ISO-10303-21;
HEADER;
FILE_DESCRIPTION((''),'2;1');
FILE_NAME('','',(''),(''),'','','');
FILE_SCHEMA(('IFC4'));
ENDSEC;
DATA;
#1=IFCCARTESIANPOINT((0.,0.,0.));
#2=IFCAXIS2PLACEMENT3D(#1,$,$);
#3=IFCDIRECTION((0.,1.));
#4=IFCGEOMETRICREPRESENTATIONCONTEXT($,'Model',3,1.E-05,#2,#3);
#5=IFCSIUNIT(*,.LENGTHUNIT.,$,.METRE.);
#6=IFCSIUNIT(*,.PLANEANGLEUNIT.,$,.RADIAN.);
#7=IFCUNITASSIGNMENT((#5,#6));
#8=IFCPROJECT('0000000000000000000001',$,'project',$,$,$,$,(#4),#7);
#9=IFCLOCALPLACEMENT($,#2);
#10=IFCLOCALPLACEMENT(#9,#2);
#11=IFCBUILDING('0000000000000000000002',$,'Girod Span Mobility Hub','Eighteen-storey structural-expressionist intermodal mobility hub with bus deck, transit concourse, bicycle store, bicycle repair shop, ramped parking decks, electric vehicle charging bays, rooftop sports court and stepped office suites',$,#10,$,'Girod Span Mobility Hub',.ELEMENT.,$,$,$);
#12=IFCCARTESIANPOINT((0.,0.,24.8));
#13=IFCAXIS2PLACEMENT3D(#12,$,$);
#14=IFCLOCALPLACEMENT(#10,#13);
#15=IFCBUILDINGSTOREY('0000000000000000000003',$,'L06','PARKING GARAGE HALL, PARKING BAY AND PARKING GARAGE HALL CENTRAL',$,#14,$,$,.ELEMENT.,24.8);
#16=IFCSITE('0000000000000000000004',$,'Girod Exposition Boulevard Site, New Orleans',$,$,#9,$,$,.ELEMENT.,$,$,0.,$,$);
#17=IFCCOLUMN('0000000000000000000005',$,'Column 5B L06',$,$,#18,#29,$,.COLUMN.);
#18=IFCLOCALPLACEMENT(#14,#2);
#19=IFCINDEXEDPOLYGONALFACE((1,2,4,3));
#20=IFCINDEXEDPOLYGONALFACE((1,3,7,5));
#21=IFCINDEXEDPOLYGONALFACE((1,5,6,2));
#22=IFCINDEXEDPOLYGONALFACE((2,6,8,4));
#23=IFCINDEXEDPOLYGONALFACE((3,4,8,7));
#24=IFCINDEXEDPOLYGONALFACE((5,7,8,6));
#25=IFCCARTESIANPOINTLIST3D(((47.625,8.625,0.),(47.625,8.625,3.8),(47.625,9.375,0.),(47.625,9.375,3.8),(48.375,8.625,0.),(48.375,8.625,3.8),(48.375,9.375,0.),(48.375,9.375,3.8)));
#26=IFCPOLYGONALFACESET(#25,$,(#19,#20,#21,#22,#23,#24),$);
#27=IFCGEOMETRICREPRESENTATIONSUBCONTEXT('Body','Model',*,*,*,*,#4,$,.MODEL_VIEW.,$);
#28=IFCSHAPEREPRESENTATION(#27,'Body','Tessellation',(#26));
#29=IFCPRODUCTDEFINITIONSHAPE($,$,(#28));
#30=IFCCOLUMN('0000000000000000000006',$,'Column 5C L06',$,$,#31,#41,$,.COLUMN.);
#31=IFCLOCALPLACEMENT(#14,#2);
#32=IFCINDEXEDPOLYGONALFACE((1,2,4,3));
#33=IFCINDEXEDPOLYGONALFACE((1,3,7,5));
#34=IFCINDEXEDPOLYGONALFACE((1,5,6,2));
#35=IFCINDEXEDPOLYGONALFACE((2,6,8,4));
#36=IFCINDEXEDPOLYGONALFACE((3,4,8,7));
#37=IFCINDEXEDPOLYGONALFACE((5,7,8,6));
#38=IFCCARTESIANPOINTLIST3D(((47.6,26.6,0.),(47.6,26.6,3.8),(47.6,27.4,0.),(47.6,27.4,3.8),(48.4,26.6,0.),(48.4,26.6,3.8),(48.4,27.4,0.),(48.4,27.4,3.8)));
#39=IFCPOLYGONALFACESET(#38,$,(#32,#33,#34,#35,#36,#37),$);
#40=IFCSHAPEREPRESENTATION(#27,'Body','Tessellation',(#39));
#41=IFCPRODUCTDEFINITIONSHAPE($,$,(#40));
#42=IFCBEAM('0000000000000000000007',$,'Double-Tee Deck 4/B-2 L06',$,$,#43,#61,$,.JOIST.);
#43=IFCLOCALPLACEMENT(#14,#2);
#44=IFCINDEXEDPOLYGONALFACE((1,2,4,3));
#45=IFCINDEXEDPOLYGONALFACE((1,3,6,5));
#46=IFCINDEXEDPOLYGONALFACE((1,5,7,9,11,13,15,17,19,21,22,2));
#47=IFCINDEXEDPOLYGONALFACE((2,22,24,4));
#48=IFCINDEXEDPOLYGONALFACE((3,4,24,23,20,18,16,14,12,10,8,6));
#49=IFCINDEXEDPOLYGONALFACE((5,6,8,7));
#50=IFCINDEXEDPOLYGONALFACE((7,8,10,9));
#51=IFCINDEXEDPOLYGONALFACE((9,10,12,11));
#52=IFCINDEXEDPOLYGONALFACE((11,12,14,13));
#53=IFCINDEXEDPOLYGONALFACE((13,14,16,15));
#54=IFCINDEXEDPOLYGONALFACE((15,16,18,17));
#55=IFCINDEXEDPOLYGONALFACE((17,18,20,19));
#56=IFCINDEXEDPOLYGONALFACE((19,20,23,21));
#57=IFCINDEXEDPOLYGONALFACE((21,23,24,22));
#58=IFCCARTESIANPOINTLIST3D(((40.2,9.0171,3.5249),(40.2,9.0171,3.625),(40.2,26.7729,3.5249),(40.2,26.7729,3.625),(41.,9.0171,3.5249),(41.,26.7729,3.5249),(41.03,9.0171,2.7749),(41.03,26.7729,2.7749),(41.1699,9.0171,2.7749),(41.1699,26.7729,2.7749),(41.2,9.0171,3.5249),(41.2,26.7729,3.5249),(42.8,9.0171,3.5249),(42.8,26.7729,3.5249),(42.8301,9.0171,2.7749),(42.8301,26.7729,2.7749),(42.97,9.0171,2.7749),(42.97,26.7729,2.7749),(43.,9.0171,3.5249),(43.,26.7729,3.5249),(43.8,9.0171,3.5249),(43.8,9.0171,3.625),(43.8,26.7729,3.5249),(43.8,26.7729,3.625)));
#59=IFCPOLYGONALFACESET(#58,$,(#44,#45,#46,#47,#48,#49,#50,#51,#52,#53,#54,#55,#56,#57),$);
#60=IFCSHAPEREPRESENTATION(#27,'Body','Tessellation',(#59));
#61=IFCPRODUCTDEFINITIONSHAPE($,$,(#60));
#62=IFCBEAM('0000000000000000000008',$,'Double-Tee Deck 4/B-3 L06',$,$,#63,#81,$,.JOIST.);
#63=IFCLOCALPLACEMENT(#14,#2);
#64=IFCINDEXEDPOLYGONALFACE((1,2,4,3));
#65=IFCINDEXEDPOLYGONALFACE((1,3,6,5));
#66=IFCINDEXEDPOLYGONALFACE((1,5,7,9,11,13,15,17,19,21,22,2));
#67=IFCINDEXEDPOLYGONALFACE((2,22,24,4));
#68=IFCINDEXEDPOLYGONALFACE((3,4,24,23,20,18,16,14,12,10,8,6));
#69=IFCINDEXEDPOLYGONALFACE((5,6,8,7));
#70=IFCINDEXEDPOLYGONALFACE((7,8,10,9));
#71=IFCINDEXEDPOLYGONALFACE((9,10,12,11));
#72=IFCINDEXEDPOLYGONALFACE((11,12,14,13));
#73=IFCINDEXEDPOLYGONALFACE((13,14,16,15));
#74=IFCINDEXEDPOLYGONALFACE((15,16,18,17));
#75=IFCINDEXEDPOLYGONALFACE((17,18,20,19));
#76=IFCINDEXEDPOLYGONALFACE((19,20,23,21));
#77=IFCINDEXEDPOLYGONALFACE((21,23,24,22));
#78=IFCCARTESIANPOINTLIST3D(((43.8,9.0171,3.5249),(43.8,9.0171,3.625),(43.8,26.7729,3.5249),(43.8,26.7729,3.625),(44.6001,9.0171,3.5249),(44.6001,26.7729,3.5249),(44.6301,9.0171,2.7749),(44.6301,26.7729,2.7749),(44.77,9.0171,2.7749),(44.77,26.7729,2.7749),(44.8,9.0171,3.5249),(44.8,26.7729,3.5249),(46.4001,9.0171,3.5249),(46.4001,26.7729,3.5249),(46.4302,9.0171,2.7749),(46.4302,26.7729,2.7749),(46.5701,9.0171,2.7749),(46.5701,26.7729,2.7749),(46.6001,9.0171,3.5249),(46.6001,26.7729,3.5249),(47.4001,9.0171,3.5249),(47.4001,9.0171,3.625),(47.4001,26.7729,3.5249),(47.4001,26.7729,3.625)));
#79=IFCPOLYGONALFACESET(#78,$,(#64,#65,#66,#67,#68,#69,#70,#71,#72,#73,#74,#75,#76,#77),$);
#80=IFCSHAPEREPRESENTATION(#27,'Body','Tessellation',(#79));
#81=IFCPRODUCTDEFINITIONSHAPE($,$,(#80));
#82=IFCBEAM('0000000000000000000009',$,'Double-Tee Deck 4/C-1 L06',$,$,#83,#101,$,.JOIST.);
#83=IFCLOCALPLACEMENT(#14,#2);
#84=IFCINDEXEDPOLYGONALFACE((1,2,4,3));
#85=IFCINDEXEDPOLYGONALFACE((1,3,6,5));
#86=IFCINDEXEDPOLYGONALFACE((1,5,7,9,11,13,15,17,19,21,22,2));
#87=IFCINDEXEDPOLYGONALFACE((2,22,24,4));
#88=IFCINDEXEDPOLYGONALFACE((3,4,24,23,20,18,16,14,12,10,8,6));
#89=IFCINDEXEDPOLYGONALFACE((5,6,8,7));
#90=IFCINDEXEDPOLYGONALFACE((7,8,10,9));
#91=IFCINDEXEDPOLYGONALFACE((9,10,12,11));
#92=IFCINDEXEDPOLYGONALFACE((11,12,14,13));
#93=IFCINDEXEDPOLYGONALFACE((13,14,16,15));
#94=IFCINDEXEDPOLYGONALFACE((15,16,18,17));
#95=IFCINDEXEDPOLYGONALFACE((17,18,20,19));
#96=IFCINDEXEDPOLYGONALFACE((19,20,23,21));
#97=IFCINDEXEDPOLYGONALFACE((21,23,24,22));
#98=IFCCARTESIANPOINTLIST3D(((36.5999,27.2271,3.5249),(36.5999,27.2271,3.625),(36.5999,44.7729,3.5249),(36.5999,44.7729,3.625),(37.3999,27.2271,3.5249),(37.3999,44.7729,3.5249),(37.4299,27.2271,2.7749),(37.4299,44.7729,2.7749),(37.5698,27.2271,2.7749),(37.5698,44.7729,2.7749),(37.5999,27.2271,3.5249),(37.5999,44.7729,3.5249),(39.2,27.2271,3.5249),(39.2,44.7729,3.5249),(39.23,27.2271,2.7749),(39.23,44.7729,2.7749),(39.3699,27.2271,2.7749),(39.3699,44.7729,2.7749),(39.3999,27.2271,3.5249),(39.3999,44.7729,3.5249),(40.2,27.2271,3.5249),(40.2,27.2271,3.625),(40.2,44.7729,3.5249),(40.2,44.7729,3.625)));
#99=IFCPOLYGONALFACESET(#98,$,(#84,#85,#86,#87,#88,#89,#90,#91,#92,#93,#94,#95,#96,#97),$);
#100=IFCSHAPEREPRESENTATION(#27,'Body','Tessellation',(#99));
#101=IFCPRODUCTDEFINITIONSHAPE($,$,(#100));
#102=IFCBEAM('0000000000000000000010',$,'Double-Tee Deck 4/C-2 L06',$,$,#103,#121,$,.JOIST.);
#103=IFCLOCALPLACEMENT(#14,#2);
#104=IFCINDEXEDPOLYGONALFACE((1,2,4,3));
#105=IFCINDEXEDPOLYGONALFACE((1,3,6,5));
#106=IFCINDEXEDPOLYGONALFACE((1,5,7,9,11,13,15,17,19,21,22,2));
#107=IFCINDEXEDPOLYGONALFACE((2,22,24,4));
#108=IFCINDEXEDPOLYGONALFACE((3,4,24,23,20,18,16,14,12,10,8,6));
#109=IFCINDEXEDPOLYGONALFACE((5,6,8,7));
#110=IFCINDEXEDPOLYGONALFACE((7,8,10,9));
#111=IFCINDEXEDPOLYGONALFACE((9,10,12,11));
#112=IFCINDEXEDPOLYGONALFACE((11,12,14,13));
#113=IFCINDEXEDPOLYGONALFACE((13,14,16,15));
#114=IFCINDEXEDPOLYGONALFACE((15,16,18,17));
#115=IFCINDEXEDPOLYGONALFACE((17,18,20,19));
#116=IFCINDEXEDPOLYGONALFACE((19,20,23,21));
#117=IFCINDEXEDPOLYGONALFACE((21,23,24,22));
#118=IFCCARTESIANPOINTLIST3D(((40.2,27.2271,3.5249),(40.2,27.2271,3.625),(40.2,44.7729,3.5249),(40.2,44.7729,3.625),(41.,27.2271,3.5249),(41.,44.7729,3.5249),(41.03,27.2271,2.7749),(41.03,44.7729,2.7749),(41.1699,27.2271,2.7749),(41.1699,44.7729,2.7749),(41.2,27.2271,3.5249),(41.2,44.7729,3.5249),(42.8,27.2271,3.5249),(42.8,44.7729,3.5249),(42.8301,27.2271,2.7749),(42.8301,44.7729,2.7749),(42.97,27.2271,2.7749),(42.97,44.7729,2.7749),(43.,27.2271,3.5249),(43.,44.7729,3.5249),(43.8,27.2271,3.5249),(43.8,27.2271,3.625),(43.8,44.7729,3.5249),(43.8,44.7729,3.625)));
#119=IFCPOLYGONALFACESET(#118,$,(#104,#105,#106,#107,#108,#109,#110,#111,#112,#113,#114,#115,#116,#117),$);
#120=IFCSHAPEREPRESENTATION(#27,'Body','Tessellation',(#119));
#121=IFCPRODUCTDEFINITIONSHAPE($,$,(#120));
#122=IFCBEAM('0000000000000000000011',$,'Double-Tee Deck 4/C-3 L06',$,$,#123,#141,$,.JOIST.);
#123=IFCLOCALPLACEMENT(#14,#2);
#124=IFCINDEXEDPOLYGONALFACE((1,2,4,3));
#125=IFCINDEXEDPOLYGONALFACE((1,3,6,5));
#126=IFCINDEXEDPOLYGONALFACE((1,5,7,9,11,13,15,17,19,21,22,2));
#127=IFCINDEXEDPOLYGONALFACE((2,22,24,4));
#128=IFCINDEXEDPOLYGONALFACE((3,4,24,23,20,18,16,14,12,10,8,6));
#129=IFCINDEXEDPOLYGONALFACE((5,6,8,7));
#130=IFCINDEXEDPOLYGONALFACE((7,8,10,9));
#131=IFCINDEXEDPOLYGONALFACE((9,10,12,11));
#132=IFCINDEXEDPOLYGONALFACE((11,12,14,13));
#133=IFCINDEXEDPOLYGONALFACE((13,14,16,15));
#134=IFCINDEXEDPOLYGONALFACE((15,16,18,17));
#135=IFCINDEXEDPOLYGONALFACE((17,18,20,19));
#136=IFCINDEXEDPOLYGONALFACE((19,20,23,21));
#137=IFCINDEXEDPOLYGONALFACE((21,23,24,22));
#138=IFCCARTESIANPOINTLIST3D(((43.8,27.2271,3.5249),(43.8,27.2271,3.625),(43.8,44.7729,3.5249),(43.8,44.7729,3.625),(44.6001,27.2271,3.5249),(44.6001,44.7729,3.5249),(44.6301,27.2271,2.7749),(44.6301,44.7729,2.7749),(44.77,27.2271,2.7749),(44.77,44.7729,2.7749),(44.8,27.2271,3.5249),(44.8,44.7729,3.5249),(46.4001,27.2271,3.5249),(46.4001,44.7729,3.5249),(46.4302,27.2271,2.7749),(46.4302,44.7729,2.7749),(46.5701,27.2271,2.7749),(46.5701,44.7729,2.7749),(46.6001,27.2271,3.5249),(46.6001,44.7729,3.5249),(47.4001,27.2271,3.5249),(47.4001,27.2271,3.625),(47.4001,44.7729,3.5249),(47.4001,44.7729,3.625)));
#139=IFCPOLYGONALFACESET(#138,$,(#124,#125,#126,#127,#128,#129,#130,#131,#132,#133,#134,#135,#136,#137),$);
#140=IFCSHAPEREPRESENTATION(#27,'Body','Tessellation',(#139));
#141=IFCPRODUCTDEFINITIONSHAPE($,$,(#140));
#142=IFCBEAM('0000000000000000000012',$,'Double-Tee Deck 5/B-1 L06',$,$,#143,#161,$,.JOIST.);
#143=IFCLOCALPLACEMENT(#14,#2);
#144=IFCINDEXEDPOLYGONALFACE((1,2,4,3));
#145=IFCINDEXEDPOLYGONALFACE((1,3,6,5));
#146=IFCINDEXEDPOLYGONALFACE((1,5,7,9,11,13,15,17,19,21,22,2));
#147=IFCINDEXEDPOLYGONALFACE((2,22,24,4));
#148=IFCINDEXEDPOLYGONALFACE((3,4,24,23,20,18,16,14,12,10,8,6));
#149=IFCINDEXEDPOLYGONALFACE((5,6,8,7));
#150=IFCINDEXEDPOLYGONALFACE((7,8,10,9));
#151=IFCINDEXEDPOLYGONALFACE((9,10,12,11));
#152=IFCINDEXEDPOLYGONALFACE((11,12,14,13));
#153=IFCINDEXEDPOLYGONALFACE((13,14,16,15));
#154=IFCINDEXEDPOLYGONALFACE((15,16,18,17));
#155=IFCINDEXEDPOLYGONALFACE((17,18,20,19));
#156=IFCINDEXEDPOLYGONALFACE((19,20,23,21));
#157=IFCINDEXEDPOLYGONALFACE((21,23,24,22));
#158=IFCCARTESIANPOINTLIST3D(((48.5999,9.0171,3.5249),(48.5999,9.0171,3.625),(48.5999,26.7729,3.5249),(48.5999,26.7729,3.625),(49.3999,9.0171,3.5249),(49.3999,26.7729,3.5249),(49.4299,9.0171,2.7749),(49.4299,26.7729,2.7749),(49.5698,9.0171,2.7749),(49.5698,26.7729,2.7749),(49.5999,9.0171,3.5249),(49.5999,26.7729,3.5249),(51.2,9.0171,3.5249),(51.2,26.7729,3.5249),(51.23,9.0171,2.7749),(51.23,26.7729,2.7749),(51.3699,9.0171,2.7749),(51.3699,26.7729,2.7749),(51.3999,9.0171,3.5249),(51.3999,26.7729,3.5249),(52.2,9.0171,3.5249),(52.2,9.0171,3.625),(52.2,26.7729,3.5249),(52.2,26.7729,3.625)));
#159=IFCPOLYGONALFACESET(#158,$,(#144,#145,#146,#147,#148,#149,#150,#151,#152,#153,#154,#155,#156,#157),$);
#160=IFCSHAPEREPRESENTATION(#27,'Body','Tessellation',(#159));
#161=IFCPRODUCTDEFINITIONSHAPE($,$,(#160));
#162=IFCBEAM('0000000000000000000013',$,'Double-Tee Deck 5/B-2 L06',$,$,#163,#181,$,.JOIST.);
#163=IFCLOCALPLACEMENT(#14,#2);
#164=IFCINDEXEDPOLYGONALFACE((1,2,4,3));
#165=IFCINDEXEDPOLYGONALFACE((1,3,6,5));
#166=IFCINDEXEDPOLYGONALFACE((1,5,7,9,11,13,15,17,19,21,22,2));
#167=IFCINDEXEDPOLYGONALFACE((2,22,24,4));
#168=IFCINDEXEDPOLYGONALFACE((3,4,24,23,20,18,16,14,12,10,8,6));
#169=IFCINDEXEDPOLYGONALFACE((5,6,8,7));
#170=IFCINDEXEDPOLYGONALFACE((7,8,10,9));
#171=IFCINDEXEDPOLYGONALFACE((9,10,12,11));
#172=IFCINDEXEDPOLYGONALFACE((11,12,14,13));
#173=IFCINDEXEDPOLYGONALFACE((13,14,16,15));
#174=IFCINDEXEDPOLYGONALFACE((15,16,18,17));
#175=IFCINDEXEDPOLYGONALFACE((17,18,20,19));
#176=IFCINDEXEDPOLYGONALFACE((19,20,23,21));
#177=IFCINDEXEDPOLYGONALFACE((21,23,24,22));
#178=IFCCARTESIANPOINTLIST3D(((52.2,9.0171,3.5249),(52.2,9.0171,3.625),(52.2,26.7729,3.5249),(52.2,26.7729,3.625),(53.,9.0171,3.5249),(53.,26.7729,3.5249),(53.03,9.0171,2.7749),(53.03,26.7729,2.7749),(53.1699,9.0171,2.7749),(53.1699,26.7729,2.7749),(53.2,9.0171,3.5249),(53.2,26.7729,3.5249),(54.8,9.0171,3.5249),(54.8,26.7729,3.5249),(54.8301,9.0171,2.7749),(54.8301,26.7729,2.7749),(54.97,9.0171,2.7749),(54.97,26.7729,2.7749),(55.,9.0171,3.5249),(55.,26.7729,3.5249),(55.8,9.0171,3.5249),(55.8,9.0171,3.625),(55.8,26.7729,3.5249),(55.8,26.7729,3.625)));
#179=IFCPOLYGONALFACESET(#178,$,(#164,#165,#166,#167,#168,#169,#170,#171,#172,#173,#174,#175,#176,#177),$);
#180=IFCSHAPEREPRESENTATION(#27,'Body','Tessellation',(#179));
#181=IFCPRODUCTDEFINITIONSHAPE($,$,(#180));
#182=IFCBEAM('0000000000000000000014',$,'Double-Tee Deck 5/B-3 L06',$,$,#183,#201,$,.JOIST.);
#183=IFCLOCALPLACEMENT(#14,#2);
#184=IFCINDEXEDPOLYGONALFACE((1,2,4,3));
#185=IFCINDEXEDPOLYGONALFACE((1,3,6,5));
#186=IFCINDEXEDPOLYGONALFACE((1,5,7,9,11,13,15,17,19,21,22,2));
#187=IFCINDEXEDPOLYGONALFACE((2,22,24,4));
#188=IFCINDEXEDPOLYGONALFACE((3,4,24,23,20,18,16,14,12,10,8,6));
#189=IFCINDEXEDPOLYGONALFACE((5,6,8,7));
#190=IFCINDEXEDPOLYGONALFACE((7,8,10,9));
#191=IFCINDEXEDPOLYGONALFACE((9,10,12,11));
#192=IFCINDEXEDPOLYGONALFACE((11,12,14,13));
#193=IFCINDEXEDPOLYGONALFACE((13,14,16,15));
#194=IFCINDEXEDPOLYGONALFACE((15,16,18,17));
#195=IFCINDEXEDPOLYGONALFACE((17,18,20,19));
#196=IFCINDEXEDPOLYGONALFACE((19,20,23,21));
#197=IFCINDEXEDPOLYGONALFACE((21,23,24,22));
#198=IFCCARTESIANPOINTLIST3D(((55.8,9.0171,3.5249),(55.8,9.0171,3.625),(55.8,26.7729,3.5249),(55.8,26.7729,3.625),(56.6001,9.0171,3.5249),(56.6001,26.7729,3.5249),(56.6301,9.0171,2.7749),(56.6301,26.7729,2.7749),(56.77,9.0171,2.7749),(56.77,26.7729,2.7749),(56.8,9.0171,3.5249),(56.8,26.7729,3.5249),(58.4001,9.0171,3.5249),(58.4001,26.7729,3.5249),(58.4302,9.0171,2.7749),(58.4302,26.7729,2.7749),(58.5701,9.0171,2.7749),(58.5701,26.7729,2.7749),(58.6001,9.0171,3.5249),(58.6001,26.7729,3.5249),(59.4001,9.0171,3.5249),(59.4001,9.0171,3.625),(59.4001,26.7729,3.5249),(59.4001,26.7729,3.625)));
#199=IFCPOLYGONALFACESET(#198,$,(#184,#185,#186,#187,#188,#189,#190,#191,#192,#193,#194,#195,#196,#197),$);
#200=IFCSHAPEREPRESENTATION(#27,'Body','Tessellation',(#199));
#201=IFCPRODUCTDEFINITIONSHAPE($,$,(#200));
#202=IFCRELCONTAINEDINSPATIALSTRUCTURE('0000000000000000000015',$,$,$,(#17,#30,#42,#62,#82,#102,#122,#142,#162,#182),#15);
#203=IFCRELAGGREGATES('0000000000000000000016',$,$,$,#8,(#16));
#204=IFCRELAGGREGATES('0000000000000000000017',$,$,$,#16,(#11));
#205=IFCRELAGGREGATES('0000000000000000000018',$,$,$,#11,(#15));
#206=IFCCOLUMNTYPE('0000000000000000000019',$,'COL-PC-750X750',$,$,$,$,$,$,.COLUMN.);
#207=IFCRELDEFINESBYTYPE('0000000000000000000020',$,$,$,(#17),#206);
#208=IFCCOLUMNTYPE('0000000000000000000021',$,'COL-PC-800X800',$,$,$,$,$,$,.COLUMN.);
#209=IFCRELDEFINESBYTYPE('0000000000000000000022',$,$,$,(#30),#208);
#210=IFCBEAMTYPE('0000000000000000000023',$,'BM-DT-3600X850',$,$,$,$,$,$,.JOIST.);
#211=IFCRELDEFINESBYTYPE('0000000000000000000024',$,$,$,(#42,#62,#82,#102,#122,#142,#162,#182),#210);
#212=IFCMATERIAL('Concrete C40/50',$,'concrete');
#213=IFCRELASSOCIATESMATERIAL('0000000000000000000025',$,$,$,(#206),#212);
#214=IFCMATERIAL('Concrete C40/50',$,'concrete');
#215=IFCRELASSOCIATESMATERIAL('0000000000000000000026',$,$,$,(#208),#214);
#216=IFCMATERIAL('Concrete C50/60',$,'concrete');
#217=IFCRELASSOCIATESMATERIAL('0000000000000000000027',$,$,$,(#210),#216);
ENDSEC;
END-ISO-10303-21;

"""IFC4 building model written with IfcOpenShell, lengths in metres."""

from ifc_helpers import new_model, si_unit, direction, frame, origin, origin_2d, place, context, subcontext, project, spatial, polyline, rectangle, outline, extrude, material, material_profile, profile_set, type_object, element, save


model = new_model("IFC4")

# Units and contexts
model_context = context("Model", 3, precision=1e-05, world=origin(), true_north=direction((0.0, 1.0)))
body_context = subcontext(model_context, "Body", "Model", "MODEL_VIEW")
ifc_project = project(units=[si_unit("LENGTHUNIT", "METRE"), si_unit("PLANEANGLEUNIT", "RADIAN")], contexts=[model_context])

# Site, building, storey
site_placement = place(None, origin())
site = spatial("IfcSite", under=ifc_project, at=site_placement, Name="Girod Exposition Boulevard Site, New Orleans", CompositionType="ELEMENT", RefElevation=0.0)
building_placement = place(site_placement, origin())
building = spatial("IfcBuilding", under=site, at=building_placement, Name="Girod Span Mobility Hub", Description="Eighteen-storey structural-expressionist intermodal mobility hub with bus deck, transit concourse, bicycle store, bicycle repair shop, ramped parking decks, electric vehicle charging bays, rooftop sports court and stepped office suites", LongName="Girod Span Mobility Hub", CompositionType="ELEMENT")
storey_placement = place(building_placement, frame((0.0, 0.0, 24.8)))
storey = spatial("IfcBuildingStorey", under=building, at=storey_placement, Name="L06", Description="PARKING GARAGE HALL, PARKING BAY AND PARKING GARAGE HALL CENTRAL", CompositionType="ELEMENT", Elevation=24.8)

# Columns
ifc_material_1 = material(Name="Concrete C40/50", Category="concrete")
ifc_material_profile_1 = material_profile(ifc_material_1, rectangle(XDim=0.75, YDim=0.75, at=origin_2d()), Name="PC-COL-750X750")
ifc_profile_set_1 = profile_set([ifc_material_profile_1], Name="Concrete C40/50")
column_type_1 = type_object("IfcColumnType", Name="COL-PC-750X750", PredefinedType="COLUMN", material=ifc_profile_set_1)
column_1_placement = place(storey_placement, frame((48.0, 9.0, 0.0), z_axis=(0.0, 0.0, 1.0), x_axis=(1.0, 0.0, 0.0)))
element("IfcColumn", 1, at=column_1_placement, inside=storey, type_object=column_type_1, Name="Column 5B L06", PredefinedType="COLUMN", context=body_context, shape_type="SweptSolid", body=[
    extrude(rectangle(XDim=0.75, YDim=0.75, at=origin_2d()), origin(), (0.0, 0.0, 1.0), 3.8),
])
ifc_material_2 = material(Name="Concrete C40/50", Category="concrete")
ifc_material_profile_2 = material_profile(ifc_material_2, rectangle(XDim=0.8, YDim=0.8, at=origin_2d()), Name="PC-COL-800X800")
ifc_profile_set_2 = profile_set([ifc_material_profile_2], Name="Concrete C40/50")
column_type_2 = type_object("IfcColumnType", Name="COL-PC-800X800", PredefinedType="COLUMN", material=ifc_profile_set_2)
column_2_placement = place(storey_placement, frame((48.0, 27.0, 0.0), z_axis=(0.0, 0.0, 1.0), x_axis=(1.0, 0.0, 0.0)))
element("IfcColumn", 2, at=column_2_placement, inside=storey, type_object=column_type_2, Name="Column 5C L06", PredefinedType="COLUMN", context=body_context, shape_type="SweptSolid", body=[
    extrude(rectangle(XDim=0.8, YDim=0.8, at=origin_2d()), origin(), (0.0, 0.0, 1.0), 3.8),
])

# Beams
ifc_material_3 = material(Name="Concrete C50/60", Category="concrete")
ifc_material_profile_3 = material_profile(ifc_material_3, outline(polyline([(-1.8, 0.425), (-1.8, 0.325), (-1.0, 0.325), (-0.97, -0.425), (-0.8301, -0.425), (-0.8, 0.325), (0.8, 0.325), (0.8301, -0.425), (0.97, -0.425), (1.0, 0.325), (1.8, 0.325), (1.8, 0.425), (-1.8, 0.425)])), Name="DT-3600X850")
ifc_profile_set_3 = profile_set([ifc_material_profile_3], Name="Concrete C50/60")
beam_type_1 = type_object("IfcBeamType", Name="BM-DT-3600X850", PredefinedType="JOIST", material=ifc_profile_set_3)
for number, where, z_axis, x_axis, name in (
    (3, (42.0, 9.0171, 3.2), (0.0, 1.0, 0.0), (-1.0, 0.0, 0.0), "Double-Tee Deck 4/B-2 L06"),
    (4, (45.6001, 9.0171, 3.2), (0.0, 1.0, 0.0), (-1.0, 0.0, 0.0), "Double-Tee Deck 4/B-3 L06"),
):
    element("IfcBeam", number, at=place(storey_placement, frame(where, z_axis=z_axis, x_axis=x_axis)), inside=storey, type_object=beam_type_1, Name=name, PredefinedType="JOIST", context=body_context, shape_type="SweptSolid", body=[
        extrude(outline(polyline([(-1.8, 0.425), (-1.8, 0.325), (-1.0, 0.325), (-0.97, -0.425), (-0.8301, -0.425), (-0.8, 0.325), (0.8, 0.325), (0.8301, -0.425), (0.97, -0.425), (1.0, 0.325), (1.8, 0.325), (1.8, 0.425), (-1.8, 0.425)])), origin(), (0.0, 0.0, 1.0), 17.7559),
    ])
for number, where, z_axis, x_axis, name in (
    (5, (38.3999, 27.2271, 3.2), (0.0, 1.0, 0.0), (-1.0, 0.0, 0.0), "Double-Tee Deck 4/C-1 L06"),
    (6, (42.0, 27.2271, 3.2), (0.0, 1.0, 0.0), (-1.0, 0.0, 0.0), "Double-Tee Deck 4/C-2 L06"),
    (7, (45.6001, 27.2271, 3.2), (0.0, 1.0, 0.0), (-1.0, 0.0, 0.0), "Double-Tee Deck 4/C-3 L06"),
):
    element("IfcBeam", number, at=place(storey_placement, frame(where, z_axis=z_axis, x_axis=x_axis)), inside=storey, type_object=beam_type_1, Name=name, PredefinedType="JOIST", context=body_context, shape_type="SweptSolid", body=[
        extrude(outline(polyline([(-1.8, 0.425), (-1.8, 0.325), (-1.0, 0.325), (-0.97, -0.425), (-0.8301, -0.425), (-0.8, 0.325), (0.8, 0.325), (0.8301, -0.425), (0.97, -0.425), (1.0, 0.325), (1.8, 0.325), (1.8, 0.425), (-1.8, 0.425)])), origin(), (0.0, 0.0, 1.0), 17.5459),
    ])
for number, where, z_axis, x_axis, name in (
    (8, (50.3999, 9.0171, 3.2), (0.0, 1.0, 0.0), (-1.0, 0.0, 0.0), "Double-Tee Deck 5/B-1 L06"),
    (9, (54.0, 9.0171, 3.2), (0.0, 1.0, 0.0), (-1.0, 0.0, 0.0), "Double-Tee Deck 5/B-2 L06"),
    (10, (57.6001, 9.0171, 3.2), (0.0, 1.0, 0.0), (-1.0, 0.0, 0.0), "Double-Tee Deck 5/B-3 L06"),
):
    element("IfcBeam", number, at=place(storey_placement, frame(where, z_axis=z_axis, x_axis=x_axis)), inside=storey, type_object=beam_type_1, Name=name, PredefinedType="JOIST", context=body_context, shape_type="SweptSolid", body=[
        extrude(outline(polyline([(-1.8, 0.425), (-1.8, 0.325), (-1.0, 0.325), (-0.97, -0.425), (-0.8301, -0.425), (-0.8, 0.325), (0.8, 0.325), (0.8301, -0.425), (0.97, -0.425), (1.0, 0.325), (1.8, 0.325), (1.8, 0.425), (-1.8, 0.425)])), origin(), (0.0, 0.0, 1.0), 17.7559),
    ])

save(model, "model.ifc")
